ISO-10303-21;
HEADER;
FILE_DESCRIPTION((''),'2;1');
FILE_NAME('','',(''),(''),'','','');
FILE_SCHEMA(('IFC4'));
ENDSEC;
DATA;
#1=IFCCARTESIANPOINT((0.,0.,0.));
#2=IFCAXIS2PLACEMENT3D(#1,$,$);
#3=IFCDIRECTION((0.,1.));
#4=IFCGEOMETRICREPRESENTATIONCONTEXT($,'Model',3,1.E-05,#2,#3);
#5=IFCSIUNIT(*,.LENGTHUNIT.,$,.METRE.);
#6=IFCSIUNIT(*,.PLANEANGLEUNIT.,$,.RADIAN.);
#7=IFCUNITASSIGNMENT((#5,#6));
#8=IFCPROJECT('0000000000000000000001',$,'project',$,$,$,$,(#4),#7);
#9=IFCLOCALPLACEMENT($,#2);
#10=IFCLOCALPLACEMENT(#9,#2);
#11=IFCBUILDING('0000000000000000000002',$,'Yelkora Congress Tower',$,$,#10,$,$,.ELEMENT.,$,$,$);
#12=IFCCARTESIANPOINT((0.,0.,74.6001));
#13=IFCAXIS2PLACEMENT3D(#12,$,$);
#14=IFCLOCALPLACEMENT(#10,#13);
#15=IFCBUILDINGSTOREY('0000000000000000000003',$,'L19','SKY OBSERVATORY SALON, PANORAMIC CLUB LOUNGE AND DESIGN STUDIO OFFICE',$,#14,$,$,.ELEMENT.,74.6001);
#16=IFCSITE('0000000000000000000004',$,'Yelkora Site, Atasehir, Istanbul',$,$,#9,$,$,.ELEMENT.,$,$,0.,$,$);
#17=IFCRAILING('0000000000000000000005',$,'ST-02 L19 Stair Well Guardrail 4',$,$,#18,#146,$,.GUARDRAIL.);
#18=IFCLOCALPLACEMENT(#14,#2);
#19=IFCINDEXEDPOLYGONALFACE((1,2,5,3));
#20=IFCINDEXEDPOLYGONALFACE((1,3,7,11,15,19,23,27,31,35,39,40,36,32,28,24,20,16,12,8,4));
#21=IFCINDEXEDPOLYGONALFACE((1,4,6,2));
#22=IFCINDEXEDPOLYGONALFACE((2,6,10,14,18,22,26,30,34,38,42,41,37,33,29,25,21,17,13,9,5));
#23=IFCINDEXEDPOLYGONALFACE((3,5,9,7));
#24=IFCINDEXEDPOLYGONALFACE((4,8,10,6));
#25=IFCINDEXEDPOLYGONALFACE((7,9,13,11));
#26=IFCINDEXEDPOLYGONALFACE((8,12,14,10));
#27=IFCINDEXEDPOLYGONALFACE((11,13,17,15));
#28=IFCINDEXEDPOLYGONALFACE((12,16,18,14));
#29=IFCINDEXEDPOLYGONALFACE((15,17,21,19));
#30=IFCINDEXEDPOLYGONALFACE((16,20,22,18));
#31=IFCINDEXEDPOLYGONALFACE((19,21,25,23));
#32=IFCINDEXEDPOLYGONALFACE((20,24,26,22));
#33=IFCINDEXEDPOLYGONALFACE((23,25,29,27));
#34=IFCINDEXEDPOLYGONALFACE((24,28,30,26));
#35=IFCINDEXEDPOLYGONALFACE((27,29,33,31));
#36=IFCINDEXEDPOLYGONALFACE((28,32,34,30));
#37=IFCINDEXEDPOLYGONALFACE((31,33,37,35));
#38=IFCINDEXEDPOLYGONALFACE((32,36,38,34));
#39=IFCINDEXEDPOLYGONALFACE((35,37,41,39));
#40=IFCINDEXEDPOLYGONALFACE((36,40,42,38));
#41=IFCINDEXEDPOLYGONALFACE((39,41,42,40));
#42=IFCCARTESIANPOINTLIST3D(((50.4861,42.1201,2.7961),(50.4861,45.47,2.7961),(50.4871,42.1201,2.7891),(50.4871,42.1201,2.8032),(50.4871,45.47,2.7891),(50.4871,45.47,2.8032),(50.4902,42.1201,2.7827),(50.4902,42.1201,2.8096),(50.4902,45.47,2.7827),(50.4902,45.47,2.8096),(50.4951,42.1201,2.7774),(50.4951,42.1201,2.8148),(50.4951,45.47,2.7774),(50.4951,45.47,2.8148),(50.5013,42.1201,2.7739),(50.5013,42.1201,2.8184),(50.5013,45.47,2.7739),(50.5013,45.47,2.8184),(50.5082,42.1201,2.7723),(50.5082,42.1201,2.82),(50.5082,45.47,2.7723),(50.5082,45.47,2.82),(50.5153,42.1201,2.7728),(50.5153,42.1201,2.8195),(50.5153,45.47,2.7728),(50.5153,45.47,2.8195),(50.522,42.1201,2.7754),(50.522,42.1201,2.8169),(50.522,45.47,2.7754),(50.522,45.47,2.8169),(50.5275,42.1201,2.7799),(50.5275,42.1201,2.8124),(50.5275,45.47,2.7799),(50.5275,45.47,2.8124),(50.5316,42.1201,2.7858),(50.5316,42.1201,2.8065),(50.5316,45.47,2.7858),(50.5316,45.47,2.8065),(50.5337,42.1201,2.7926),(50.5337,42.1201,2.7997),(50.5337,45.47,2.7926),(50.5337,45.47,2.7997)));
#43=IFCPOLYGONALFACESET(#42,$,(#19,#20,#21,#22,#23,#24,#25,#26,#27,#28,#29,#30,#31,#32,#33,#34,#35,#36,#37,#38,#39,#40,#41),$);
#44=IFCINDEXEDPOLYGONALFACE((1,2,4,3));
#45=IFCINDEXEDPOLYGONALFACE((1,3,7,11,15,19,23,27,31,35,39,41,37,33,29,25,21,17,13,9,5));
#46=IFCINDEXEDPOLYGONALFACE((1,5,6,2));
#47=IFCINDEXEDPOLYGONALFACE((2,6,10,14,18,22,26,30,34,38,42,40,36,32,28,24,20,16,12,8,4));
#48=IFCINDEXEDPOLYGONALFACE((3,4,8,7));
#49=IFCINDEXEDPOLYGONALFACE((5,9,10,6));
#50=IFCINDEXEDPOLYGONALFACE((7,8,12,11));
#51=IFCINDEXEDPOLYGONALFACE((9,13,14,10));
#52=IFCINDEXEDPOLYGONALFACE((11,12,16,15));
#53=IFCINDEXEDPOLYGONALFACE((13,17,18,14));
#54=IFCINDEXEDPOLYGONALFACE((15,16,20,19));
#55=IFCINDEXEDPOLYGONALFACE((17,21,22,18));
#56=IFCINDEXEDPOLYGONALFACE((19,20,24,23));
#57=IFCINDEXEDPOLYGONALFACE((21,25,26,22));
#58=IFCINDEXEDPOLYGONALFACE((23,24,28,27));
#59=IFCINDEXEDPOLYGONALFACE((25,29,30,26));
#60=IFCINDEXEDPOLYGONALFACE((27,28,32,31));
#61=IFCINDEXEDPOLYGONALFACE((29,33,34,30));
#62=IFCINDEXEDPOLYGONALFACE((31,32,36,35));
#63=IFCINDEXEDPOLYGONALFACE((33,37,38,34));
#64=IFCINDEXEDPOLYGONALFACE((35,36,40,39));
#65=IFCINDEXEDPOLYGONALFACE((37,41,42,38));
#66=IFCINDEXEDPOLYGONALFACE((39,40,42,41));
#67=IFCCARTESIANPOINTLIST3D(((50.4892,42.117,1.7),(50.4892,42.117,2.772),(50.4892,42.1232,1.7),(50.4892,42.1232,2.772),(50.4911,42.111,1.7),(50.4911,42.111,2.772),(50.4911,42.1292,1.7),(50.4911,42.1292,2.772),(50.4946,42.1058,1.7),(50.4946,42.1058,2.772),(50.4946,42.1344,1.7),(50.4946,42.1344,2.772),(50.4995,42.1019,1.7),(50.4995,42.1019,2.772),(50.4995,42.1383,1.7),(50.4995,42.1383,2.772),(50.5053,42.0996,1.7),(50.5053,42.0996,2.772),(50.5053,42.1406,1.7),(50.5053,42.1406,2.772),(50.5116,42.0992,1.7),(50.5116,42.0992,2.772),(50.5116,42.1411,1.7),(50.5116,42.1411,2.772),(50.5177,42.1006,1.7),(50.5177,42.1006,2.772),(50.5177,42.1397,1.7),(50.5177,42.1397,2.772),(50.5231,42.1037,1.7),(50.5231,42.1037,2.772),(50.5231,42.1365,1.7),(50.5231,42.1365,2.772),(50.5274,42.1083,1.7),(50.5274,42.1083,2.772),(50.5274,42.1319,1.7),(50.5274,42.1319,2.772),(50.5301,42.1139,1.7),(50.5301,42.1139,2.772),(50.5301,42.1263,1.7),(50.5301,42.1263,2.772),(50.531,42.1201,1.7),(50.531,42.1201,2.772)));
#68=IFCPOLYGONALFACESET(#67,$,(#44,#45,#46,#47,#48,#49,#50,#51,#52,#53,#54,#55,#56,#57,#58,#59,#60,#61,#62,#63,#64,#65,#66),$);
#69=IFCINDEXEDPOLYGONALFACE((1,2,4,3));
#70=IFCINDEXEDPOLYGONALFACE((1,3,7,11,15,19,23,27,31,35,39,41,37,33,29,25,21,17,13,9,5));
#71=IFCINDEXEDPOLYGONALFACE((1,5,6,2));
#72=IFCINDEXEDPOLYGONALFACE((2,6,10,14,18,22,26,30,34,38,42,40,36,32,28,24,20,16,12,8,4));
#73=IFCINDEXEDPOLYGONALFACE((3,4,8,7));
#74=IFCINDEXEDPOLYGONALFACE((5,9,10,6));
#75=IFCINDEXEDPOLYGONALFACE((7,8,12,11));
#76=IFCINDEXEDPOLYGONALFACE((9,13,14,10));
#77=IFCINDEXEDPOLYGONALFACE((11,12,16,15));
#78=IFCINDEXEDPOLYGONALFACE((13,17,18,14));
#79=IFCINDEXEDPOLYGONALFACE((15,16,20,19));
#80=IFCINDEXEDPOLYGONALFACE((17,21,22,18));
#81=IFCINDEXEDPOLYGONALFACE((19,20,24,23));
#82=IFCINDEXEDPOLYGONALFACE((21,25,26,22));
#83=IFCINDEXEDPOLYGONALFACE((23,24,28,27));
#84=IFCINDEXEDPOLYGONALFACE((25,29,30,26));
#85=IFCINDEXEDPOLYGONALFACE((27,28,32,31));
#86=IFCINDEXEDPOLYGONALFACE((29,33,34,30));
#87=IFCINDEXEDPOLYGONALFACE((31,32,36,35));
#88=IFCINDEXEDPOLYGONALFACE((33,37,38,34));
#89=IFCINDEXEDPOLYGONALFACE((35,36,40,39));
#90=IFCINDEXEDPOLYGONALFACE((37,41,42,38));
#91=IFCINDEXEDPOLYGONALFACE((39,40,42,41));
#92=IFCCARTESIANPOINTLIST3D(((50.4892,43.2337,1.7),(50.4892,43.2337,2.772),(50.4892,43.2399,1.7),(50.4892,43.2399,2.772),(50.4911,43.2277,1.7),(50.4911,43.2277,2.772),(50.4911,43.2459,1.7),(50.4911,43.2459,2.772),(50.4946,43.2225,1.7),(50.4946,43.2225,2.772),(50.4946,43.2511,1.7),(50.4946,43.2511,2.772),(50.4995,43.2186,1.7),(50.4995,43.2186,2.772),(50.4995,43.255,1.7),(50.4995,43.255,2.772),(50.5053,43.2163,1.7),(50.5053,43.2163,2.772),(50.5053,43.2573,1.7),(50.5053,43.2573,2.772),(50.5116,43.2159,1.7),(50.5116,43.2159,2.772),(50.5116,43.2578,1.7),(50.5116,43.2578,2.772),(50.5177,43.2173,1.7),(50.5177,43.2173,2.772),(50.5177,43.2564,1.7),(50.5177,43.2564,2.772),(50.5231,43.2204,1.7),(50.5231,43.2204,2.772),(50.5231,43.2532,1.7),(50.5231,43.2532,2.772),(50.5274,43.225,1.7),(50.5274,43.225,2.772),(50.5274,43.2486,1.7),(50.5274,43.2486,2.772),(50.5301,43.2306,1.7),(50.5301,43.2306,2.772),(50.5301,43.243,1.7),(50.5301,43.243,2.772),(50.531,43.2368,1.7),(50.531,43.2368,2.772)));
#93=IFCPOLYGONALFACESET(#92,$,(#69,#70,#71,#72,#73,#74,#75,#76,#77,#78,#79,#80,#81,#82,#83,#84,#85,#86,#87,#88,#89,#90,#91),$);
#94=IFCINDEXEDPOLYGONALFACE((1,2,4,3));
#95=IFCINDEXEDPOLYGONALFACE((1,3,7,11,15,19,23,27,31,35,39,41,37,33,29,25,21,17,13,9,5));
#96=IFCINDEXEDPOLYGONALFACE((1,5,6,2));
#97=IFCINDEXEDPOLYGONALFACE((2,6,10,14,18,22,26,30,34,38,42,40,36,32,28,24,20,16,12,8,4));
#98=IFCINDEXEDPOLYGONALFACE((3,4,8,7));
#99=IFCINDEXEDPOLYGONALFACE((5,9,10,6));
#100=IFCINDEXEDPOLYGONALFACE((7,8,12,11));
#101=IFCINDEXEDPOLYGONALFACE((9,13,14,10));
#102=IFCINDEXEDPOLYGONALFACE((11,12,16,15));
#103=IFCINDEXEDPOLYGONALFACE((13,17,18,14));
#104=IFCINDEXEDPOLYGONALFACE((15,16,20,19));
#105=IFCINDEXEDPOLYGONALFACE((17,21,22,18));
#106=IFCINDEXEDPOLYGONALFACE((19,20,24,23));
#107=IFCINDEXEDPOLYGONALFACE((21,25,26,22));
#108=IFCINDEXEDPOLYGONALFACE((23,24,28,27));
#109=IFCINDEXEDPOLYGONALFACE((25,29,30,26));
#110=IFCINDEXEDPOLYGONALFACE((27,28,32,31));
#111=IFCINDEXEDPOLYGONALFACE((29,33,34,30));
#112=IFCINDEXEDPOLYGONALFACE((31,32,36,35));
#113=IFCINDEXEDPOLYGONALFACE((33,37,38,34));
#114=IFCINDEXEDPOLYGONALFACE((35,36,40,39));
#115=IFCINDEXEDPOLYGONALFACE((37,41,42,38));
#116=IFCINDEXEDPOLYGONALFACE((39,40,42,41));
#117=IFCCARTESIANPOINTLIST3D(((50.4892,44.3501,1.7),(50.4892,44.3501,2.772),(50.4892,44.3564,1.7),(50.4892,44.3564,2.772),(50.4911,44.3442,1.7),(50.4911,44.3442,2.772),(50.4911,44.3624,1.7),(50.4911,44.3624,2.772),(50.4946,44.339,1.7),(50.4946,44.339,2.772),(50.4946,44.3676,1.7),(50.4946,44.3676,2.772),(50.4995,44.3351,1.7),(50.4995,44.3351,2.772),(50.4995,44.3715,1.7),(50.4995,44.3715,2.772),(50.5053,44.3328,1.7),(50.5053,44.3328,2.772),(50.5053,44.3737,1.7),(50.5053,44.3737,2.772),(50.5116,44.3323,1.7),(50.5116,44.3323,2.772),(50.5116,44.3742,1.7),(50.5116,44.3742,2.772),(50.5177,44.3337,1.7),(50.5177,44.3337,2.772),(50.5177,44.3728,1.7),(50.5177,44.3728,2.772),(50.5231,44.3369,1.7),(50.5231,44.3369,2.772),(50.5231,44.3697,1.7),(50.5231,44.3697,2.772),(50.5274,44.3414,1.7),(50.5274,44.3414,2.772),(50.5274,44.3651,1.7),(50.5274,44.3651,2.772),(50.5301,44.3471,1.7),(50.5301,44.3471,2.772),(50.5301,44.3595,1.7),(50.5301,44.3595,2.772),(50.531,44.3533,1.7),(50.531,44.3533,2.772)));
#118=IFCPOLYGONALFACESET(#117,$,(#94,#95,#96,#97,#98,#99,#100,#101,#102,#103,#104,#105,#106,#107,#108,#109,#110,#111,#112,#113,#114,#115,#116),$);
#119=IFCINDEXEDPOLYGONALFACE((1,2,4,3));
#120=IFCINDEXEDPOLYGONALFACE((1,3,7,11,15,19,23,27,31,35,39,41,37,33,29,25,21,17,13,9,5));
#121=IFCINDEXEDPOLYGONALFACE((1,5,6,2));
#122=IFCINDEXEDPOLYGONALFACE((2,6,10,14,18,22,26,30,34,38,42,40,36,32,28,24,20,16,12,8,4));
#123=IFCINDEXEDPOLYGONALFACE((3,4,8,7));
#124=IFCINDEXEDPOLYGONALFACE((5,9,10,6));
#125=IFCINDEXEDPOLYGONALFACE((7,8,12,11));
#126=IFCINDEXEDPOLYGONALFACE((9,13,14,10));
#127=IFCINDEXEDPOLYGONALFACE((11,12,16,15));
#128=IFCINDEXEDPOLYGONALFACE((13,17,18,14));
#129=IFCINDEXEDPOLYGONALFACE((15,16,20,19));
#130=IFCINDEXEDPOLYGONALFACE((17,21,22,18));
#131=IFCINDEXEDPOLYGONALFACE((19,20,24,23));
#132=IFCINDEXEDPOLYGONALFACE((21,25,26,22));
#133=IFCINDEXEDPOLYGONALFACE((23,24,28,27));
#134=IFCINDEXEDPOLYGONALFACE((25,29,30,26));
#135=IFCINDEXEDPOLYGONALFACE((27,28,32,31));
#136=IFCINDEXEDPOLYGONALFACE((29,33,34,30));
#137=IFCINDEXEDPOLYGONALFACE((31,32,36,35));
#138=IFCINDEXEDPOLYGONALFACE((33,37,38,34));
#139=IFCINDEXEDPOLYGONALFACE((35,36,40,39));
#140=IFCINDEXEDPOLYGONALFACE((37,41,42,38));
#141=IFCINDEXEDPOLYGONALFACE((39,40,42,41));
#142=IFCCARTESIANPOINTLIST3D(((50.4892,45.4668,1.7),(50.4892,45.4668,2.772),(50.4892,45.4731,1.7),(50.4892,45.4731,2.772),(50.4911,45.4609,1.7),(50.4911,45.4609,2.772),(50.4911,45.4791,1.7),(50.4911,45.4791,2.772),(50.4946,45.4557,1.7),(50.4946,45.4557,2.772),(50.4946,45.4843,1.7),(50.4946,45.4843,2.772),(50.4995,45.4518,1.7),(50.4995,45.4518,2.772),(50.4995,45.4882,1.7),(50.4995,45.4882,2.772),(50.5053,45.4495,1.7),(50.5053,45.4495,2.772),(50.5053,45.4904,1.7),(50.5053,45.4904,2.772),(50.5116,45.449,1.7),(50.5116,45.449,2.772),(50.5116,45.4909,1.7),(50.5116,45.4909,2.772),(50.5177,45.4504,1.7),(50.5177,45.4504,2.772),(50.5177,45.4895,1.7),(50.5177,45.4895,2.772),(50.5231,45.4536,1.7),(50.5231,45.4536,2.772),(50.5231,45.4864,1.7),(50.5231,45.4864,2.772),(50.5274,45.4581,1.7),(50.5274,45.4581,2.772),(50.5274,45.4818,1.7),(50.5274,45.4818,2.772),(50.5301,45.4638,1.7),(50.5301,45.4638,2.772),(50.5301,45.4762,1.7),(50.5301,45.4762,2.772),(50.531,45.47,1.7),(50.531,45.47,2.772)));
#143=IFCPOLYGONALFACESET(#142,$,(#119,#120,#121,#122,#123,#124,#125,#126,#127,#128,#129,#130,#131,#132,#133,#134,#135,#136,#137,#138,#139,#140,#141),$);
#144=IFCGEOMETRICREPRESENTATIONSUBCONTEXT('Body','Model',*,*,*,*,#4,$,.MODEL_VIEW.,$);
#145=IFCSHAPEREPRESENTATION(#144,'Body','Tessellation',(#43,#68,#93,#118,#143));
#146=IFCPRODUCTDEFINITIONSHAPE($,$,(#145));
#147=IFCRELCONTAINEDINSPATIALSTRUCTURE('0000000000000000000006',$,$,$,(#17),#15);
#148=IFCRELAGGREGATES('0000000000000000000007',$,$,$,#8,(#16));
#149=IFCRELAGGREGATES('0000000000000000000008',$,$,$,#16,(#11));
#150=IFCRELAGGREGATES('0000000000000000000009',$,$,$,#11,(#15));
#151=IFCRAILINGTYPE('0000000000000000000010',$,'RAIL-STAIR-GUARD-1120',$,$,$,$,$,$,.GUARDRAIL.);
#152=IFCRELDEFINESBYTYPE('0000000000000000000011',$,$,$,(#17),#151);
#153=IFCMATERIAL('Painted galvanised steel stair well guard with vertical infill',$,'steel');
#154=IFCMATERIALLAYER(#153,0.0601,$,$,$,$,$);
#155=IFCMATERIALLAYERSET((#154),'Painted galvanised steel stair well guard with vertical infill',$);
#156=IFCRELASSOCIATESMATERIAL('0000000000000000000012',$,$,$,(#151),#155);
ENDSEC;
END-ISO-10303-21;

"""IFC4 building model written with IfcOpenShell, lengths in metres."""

from ifc_helpers import new_model, si_unit, direction, frame, origin, origin_2d, place, context, subcontext, project, spatial, circle, extrude, material, layer, layer_set, type_object, element, save


model = new_model("IFC4")

# Units and contexts
model_context = context("Model", 3, precision=1e-05, world=origin(), true_north=direction((0.0, 1.0)))
body_context = subcontext(model_context, "Body", "Model", "MODEL_VIEW")
ifc_project = project(units=[si_unit("LENGTHUNIT", "METRE"), si_unit("PLANEANGLEUNIT", "RADIAN")], contexts=[model_context])

# Site, building, storey
site_placement = place(None, origin())
site = spatial("IfcSite", under=ifc_project, at=site_placement, Name="Yelkora Site, Atasehir, Istanbul", CompositionType="ELEMENT", RefElevation=0.0)
building_placement = place(site_placement, origin())
building = spatial("IfcBuilding", under=site, at=building_placement, Name="Yelkora Congress Tower", CompositionType="ELEMENT")
storey_placement = place(building_placement, frame((0.0, 0.0, 74.6001)))
storey = spatial("IfcBuildingStorey", under=building, at=storey_placement, Name="L19", Description="SKY OBSERVATORY SALON, PANORAMIC CLUB LOUNGE AND DESIGN STUDIO OFFICE", CompositionType="ELEMENT", Elevation=74.6001)

# Railing
ifc_material_1 = material(Name="Painted galvanised steel stair well guard with vertical infill", Category="steel")
ifc_layer_1 = layer(ifc_material_1, 0.0601)
ifc_layer_set_1 = layer_set([ifc_layer_1], Name="Painted galvanised steel stair well guard with vertical infill")
railing_type_1 = type_object("IfcRailingType", Name="RAIL-STAIR-GUARD-1120", PredefinedType="GUARDRAIL", material=ifc_layer_set_1)
railing_1_placement = place(storey_placement, frame((50.51, 42.1201, 1.7)))
element("IfcRailing", 1, at=railing_1_placement, inside=storey, type_object=railing_type_1, Name="ST-02 L19 Stair Well Guardrail 4", PredefinedType="GUARDRAIL", context=body_context, shape_type="SweptSolid", body=[
    extrude(circle(Radius=0.0239, at=origin_2d()), frame((0.0, 0.0, 1.0962), z_axis=(0.0, 1.0, 0.0), x_axis=(-1.0, 0.0, 0.0)), (0.0, 0.0, 1.0), 3.3499),
    extrude(circle(Radius=0.021, at=origin_2d()), origin(), (0.0, 0.0, 1.0), 1.072),
    extrude(circle(Radius=0.021, at=origin_2d()), frame((0.0, 1.1167, 0.0)), (0.0, 0.0, 1.0), 1.072),
    extrude(circle(Radius=0.021, at=origin_2d()), frame((0.0, 2.2332, 0.0)), (0.0, 0.0, 1.0), 1.072),
    extrude(circle(Radius=0.021, at=origin_2d()), frame((0.0, 3.3499, 0.0)), (0.0, 0.0, 1.0), 1.072),
])

save(model, "model.ifc")
